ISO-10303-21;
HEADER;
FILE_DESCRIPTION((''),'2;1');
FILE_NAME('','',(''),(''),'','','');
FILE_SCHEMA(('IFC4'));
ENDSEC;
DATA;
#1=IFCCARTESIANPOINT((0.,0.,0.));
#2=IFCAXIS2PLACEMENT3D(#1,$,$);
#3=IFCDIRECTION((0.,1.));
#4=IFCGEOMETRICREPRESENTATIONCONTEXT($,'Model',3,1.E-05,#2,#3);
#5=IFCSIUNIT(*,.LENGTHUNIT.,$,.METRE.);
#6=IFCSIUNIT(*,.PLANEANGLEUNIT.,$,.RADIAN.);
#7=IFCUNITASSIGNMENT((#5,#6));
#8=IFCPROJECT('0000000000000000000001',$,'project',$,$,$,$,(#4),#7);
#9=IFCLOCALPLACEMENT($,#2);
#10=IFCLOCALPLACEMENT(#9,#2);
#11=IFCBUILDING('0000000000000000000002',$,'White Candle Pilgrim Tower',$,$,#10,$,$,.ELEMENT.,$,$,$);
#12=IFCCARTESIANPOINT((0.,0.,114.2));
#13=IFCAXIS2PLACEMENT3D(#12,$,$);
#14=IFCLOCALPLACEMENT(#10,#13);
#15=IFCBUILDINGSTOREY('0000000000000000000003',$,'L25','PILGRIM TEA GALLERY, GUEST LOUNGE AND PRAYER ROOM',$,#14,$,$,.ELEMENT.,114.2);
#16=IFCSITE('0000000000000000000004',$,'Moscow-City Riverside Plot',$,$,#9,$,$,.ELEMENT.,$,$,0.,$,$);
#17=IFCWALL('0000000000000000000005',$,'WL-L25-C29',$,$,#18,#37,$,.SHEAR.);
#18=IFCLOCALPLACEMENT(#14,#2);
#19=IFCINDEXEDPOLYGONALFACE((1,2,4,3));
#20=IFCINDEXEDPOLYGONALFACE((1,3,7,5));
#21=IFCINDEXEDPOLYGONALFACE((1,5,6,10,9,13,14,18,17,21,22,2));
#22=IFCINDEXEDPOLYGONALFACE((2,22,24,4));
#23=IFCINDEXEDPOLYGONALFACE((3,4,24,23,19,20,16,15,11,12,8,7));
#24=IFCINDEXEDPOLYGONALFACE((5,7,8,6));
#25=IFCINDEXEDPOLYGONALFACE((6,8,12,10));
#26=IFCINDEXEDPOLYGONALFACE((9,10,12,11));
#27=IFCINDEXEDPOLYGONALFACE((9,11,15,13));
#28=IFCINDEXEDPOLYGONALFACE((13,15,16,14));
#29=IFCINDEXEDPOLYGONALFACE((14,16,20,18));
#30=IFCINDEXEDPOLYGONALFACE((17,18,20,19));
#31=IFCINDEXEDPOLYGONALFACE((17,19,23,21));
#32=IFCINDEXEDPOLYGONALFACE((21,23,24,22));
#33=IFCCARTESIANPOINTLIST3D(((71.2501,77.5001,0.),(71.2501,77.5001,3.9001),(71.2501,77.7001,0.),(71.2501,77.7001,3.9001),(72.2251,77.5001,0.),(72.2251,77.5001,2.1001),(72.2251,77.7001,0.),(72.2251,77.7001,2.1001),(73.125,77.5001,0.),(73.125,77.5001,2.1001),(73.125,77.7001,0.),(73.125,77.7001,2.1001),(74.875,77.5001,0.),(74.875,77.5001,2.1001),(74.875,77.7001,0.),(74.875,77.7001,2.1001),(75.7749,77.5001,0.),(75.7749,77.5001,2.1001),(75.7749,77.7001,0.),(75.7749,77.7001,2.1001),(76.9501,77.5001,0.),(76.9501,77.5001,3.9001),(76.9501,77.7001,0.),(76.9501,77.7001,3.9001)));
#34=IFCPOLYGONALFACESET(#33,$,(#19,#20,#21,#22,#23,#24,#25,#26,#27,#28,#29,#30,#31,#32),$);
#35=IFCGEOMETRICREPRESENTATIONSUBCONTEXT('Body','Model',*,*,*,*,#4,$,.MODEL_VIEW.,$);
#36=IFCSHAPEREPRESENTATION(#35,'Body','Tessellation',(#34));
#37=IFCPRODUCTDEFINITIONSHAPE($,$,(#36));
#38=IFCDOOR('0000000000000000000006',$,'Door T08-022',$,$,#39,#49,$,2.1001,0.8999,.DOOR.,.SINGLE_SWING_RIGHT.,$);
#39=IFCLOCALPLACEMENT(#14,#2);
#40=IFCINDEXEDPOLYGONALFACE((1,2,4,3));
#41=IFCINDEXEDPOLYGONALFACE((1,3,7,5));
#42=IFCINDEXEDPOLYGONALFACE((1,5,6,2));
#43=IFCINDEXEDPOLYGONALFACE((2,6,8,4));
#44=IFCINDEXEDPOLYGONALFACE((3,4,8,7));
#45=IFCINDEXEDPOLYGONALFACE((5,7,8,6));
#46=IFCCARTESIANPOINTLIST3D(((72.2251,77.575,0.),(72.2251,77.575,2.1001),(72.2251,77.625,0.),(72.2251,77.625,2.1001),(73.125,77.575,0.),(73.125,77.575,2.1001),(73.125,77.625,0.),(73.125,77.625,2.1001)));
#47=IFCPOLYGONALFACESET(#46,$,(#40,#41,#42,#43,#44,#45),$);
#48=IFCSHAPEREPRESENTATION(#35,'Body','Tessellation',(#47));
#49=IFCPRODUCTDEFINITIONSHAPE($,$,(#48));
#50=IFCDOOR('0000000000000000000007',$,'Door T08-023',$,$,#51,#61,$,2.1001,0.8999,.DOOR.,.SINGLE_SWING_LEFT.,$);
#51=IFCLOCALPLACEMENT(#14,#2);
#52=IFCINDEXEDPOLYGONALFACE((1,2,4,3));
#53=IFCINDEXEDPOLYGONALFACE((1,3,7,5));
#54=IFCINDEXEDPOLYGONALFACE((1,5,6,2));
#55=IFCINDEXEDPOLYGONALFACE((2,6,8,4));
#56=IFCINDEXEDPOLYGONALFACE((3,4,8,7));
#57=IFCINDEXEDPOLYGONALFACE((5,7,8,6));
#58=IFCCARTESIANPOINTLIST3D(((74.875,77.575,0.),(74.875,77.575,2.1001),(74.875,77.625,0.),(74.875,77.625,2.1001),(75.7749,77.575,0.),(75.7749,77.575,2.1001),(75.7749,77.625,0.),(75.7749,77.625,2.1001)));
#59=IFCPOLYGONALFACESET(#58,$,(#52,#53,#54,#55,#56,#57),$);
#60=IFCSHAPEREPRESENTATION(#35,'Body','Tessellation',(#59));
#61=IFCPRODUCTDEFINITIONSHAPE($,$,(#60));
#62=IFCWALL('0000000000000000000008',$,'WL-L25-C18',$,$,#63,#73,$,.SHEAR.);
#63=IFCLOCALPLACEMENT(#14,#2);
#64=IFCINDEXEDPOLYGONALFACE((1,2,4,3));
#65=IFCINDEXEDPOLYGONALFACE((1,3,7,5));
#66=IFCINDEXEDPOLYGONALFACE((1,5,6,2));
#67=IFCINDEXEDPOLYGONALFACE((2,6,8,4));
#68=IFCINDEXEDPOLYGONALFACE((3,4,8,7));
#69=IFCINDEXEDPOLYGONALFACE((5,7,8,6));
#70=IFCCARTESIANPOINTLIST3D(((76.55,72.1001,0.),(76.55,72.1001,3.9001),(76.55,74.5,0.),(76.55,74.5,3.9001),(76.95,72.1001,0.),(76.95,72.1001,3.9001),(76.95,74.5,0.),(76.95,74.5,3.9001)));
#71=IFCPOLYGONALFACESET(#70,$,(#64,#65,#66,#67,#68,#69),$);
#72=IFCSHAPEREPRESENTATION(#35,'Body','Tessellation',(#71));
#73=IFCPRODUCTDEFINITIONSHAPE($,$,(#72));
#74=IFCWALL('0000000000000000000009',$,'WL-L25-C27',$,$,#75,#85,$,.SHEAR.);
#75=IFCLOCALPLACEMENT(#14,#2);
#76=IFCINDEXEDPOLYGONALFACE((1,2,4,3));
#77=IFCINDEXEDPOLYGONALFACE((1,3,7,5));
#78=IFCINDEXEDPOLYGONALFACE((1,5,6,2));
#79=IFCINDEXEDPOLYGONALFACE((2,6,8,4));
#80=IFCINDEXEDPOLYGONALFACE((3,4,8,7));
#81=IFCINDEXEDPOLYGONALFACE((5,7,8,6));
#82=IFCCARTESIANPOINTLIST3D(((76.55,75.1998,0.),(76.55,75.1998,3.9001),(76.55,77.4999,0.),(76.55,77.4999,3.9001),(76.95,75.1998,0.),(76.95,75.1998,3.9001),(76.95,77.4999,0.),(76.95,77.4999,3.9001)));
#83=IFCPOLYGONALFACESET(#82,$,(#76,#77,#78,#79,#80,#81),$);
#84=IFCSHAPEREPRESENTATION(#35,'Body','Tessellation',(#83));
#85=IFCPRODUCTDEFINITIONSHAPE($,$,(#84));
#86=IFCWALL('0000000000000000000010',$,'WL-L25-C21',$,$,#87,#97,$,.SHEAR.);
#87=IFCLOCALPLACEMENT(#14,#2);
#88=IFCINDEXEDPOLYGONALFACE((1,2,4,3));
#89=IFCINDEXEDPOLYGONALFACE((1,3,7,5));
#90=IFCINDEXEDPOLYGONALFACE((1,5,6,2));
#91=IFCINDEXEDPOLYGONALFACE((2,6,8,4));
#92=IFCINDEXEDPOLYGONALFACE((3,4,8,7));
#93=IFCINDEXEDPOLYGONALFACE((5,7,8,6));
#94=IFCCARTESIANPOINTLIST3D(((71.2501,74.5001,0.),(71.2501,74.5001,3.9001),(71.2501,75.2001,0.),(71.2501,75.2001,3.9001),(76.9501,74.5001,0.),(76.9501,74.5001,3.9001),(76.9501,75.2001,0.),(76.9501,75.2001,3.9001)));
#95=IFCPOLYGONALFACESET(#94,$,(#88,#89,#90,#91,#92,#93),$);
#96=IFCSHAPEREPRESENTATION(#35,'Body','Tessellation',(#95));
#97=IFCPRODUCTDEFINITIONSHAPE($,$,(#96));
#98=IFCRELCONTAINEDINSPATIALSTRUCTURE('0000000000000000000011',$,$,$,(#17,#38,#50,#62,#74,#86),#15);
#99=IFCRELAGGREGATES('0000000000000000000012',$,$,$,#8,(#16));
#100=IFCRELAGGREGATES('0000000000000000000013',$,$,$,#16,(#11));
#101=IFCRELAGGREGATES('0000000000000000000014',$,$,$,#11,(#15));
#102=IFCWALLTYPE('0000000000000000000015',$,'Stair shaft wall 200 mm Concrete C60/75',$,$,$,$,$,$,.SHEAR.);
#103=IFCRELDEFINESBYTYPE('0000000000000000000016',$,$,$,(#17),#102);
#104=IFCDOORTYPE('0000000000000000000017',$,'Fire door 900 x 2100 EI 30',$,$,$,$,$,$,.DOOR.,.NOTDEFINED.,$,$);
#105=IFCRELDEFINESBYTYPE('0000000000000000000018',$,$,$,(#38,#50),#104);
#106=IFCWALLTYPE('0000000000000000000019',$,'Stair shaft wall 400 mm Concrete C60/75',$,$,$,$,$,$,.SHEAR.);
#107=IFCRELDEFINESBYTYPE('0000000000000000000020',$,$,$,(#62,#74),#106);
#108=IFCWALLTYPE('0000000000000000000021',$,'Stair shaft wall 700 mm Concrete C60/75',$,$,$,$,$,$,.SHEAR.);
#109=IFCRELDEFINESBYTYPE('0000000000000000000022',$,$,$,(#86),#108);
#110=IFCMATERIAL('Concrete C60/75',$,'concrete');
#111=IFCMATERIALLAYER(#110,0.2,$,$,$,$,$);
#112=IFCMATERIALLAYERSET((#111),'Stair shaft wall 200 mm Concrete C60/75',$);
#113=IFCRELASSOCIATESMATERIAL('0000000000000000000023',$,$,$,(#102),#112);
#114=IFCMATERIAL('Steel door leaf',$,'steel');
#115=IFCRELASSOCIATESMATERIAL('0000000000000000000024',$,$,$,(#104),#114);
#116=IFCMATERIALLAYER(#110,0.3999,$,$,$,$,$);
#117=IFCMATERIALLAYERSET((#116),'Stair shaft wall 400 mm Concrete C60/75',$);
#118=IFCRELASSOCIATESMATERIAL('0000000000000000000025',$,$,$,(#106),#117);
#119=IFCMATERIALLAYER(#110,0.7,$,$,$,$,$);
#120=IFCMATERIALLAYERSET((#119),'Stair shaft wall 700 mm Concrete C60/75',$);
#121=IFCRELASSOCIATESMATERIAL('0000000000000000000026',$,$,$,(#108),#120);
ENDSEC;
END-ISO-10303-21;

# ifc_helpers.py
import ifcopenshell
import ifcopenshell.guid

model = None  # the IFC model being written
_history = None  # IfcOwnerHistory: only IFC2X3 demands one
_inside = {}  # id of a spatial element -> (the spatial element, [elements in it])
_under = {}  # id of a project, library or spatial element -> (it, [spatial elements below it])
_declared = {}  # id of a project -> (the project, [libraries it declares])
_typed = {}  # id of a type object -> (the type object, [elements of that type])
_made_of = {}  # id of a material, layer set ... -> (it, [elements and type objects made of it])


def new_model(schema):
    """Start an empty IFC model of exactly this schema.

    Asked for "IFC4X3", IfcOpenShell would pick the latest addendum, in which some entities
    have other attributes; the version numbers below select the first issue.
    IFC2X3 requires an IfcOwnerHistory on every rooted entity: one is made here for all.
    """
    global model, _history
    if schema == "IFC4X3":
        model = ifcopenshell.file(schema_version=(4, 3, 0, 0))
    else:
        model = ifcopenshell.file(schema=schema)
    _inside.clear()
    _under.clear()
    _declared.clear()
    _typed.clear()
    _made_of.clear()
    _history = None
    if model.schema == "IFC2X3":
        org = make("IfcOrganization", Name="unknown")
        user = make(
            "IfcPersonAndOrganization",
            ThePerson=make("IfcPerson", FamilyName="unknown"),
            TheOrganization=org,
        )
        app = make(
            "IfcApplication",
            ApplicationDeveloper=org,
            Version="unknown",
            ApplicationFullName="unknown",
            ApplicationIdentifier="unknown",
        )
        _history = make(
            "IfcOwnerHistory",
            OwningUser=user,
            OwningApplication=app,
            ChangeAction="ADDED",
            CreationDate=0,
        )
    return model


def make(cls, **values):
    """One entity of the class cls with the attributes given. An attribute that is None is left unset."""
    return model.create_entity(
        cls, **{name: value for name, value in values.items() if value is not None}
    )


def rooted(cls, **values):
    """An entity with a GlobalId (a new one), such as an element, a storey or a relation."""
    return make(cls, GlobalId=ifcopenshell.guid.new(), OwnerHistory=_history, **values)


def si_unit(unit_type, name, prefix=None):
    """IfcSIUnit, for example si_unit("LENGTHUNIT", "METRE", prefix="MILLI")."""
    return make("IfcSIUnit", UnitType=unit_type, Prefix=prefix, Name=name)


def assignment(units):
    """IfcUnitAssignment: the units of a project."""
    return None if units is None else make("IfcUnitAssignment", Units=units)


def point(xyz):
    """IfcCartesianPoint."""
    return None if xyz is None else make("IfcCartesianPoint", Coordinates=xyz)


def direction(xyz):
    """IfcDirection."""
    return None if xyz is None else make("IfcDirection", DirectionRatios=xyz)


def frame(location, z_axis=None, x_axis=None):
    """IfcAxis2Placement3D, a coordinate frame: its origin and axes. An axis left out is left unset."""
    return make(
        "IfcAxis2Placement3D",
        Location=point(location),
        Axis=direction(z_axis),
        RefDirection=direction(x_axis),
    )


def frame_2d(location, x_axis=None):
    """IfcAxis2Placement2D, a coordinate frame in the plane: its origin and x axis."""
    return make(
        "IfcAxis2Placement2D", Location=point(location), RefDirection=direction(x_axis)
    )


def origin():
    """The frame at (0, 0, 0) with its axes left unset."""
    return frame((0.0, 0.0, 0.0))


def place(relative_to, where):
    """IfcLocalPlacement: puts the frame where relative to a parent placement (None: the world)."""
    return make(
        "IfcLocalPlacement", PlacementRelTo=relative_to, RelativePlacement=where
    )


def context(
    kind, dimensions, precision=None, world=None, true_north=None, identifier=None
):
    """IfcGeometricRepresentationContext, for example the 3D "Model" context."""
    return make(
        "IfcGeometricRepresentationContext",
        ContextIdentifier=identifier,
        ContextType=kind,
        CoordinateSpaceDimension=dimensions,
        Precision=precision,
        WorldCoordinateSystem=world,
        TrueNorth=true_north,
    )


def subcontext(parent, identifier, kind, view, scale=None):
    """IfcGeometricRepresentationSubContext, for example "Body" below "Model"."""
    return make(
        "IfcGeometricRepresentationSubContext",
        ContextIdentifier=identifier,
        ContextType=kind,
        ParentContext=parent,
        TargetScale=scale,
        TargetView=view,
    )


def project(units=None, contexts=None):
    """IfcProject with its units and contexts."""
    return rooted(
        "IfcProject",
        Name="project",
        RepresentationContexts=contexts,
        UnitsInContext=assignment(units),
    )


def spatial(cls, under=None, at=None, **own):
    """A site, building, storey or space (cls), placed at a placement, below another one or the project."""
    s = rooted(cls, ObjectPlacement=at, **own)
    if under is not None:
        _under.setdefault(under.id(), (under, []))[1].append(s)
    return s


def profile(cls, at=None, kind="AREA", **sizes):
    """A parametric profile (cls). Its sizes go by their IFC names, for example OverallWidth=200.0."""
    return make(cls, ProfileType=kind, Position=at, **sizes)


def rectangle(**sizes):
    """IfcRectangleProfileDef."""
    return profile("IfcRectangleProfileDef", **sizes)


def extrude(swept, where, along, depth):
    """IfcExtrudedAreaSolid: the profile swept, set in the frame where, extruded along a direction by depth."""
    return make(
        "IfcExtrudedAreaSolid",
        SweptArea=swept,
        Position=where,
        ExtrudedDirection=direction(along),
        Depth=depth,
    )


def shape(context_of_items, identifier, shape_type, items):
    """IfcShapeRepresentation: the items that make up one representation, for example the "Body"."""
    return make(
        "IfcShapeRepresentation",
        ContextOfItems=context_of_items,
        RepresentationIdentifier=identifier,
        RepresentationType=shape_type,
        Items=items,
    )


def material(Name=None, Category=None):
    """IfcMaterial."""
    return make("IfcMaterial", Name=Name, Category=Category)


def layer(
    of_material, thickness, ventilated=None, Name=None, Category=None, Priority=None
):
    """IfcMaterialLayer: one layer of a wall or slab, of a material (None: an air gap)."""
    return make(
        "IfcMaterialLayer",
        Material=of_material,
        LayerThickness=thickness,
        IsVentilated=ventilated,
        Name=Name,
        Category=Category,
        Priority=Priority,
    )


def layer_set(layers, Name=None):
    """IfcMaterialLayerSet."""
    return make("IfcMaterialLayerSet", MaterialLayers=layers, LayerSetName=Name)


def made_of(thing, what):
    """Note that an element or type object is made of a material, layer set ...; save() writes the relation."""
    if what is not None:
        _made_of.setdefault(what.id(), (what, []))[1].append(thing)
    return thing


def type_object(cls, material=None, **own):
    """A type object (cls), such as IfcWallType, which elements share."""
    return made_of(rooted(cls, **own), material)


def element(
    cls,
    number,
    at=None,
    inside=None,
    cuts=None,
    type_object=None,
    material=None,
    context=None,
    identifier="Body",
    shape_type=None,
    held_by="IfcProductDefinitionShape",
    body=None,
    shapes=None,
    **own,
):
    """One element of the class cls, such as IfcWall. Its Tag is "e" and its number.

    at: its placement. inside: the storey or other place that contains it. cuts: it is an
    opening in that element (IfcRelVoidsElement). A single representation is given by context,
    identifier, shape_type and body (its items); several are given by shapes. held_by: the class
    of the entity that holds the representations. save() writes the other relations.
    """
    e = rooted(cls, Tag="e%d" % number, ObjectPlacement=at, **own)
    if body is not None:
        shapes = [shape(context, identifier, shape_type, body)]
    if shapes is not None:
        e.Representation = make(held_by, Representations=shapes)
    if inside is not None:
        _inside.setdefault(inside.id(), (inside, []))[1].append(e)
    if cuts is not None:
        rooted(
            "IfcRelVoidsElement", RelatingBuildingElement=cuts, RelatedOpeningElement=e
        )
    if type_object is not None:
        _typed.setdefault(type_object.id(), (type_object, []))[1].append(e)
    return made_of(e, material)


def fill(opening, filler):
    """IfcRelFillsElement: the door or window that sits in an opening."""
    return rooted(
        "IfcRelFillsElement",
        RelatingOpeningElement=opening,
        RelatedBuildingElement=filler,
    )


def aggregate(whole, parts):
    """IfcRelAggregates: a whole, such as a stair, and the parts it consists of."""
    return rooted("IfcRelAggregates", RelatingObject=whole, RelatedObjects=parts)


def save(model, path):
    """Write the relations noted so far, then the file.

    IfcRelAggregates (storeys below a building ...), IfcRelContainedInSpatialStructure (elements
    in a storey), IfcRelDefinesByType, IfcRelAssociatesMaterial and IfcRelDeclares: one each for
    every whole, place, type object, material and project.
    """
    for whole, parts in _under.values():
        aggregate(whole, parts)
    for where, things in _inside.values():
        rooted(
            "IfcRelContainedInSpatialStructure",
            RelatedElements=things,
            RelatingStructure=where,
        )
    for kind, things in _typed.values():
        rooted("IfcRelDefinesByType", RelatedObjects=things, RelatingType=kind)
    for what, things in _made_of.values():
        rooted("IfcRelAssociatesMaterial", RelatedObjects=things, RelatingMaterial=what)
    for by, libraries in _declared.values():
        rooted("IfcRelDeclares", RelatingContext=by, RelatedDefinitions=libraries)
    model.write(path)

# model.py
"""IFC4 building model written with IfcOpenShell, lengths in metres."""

from ifc_helpers import new_model, si_unit, direction, frame, frame_2d, origin, place, context, subcontext, project, spatial, rectangle, extrude, material, layer, layer_set, type_object, element, fill, save


model = new_model("IFC4")

# Units and contexts
model_context = context("Model", 3, precision=1e-05, world=origin(), true_north=direction((0.0, 1.0)))
body_context = subcontext(model_context, "Body", "Model", "MODEL_VIEW")
ifc_project = project(units=[si_unit("LENGTHUNIT", "METRE"), si_unit("PLANEANGLEUNIT", "RADIAN")], contexts=[model_context])

# Site, building, storey
site_placement = place(None, origin())
site = spatial("IfcSite", under=ifc_project, at=site_placement, Name="Moscow-City Riverside Plot", CompositionType="ELEMENT", RefElevation=0.0)
building_placement = place(site_placement, origin())
building = spatial("IfcBuilding", under=site, at=building_placement, Name="White Candle Pilgrim Tower", CompositionType="ELEMENT")
storey_placement = place(building_placement, frame((0.0, 0.0, 114.2)))
storey = spatial("IfcBuildingStorey", under=building, at=storey_placement, Name="L25", Description="PILGRIM TEA GALLERY, GUEST LOUNGE AND PRAYER ROOM", CompositionType="ELEMENT", Elevation=114.2)

# Shared definitions
ifc_material_1 = material(Name="Concrete C60/75", Category="concrete")

# Wall, openings, doors
ifc_layer_1 = layer(ifc_material_1, 0.2)
ifc_layer_set_1 = layer_set([ifc_layer_1], Name="Stair shaft wall 200 mm Concrete C60/75")
wall_type_1 = type_object("IfcWallType", Name="Stair shaft wall 200 mm Concrete C60/75", PredefinedType="SHEAR", material=ifc_layer_set_1)
wall_1_placement = place(storey_placement, frame((71.25, 77.6001, 0.0), z_axis=(0.0, 0.0, 1.0), x_axis=(1.0, 0.0, 0.0)))
wall_1 = element("IfcWall", 1, at=wall_1_placement, inside=storey, type_object=wall_type_1, Name="WL-L25-C29", PredefinedType="SHEAR", context=body_context, shape_type="SweptSolid", body=[
    extrude(rectangle(XDim=5.7, YDim=0.2, at=frame_2d((2.8501, 0.0))), origin(), (0.0, 0.0, 1.0), 3.9001),
])
opening_1_placement = place(wall_1_placement, frame((0.9751, 0.0, 0.0)))
opening_1 = element("IfcOpeningElement", 2, at=opening_1_placement, cuts=wall_1, PredefinedType="OPENING", context=body_context, shape_type="SweptSolid", body=[
    extrude(rectangle(XDim=0.8999, YDim=2.1001, at=frame_2d((0.45, 1.05))), frame((0.0, 0.1099, 0.0), z_axis=(0.0, -1.0, 0.0), x_axis=(1.0, 0.0, 0.0)), (0.0, 0.0, 1.0), 0.22),
])
opening_2_placement = place(wall_1_placement, frame((3.625, 0.0, 0.0)))
opening_2 = element("IfcOpeningElement", 3, at=opening_2_placement, cuts=wall_1, PredefinedType="OPENING", context=body_context, shape_type="SweptSolid", body=[
    extrude(rectangle(XDim=0.8999, YDim=2.1001, at=frame_2d((0.45, 1.05))), frame((0.0, 0.1099, 0.0), z_axis=(0.0, -1.0, 0.0), x_axis=(1.0, 0.0, 0.0)), (0.0, 0.0, 1.0), 0.22),
])
ifc_material_2 = material(Name="Steel door leaf", Category="steel")
door_type = type_object("IfcDoorType", Name="Fire door 900 x 2100 EI 30", OperationType="NOTDEFINED", PredefinedType="DOOR", material=ifc_material_2)
door_1_placement = place(opening_1_placement, origin())
door_1 = element("IfcDoor", 4, at=door_1_placement, inside=storey, type_object=door_type, Name="Door T08-022", OperationType="SINGLE_SWING_RIGHT", OverallHeight=2.1001, OverallWidth=0.8999, PredefinedType="DOOR", context=body_context, shape_type="SweptSolid", body=[
    extrude(rectangle(XDim=0.8999, YDim=2.1001, at=frame_2d((0.45, 1.05))), frame((0.0, 0.0249, 0.0), z_axis=(0.0, -1.0, 0.0), x_axis=(1.0, 0.0, 0.0)), (0.0, 0.0, 1.0), 0.05),
])
fill(opening_1, door_1)
door_2_placement = place(opening_2_placement, origin())
door_2 = element("IfcDoor", 5, at=door_2_placement, inside=storey, type_object=door_type, Name="Door T08-023", OperationType="SINGLE_SWING_LEFT", OverallHeight=2.1001, OverallWidth=0.8999, PredefinedType="DOOR", context=body_context, shape_type="SweptSolid", body=[
    extrude(rectangle(XDim=0.8999, YDim=2.1001, at=frame_2d((0.45, 1.05))), frame((0.0, 0.0249, 0.0), z_axis=(0.0, -1.0, 0.0), x_axis=(1.0, 0.0, 0.0)), (0.0, 0.0, 1.0), 0.05),
])
fill(opening_2, door_2)

# Walls
ifc_layer_2 = layer(ifc_material_1, 0.3999)
ifc_layer_set_2 = layer_set([ifc_layer_2], Name="Stair shaft wall 400 mm Concrete C60/75")
wall_type_2 = type_object("IfcWallType", Name="Stair shaft wall 400 mm Concrete C60/75", PredefinedType="SHEAR", material=ifc_layer_set_2)
wall_2_placement = place(storey_placement, frame((76.75, 72.1001, 0.0), z_axis=(0.0, 0.0, 1.0), x_axis=(0.0, 1.0, 0.0)))
element("IfcWall", 6, at=wall_2_placement, inside=storey, type_object=wall_type_2, Name="WL-L25-C18", PredefinedType="SHEAR", context=body_context, shape_type="SweptSolid", body=[
    extrude(rectangle(XDim=2.3999, YDim=0.3999, at=frame_2d((1.2, 0.0))), origin(), (0.0, 0.0, 1.0), 3.9001),
])
wall_3_placement = place(storey_placement, frame((76.75, 75.2, 0.0), z_axis=(0.0, 0.0, 1.0), x_axis=(0.0, 1.0, 0.0)))
element("IfcWall", 7, at=wall_3_placement, inside=storey, type_object=wall_type_2, Name="WL-L25-C27", PredefinedType="SHEAR", context=body_context, shape_type="SweptSolid", body=[
    extrude(rectangle(XDim=2.3, YDim=0.3999, at=frame_2d((1.1499, 0.0))), origin(), (0.0, 0.0, 1.0), 3.9001),
])
ifc_layer_3 = layer(ifc_material_1, 0.7)
ifc_layer_set_3 = layer_set([ifc_layer_3], Name="Stair shaft wall 700 mm Concrete C60/75")
wall_type_3 = type_object("IfcWallType", Name="Stair shaft wall 700 mm Concrete C60/75", PredefinedType="SHEAR", material=ifc_layer_set_3)
wall_4_placement = place(storey_placement, frame((71.25, 74.8501, 0.0), z_axis=(0.0, 0.0, 1.0), x_axis=(1.0, 0.0, 0.0)))
element("IfcWall", 8, at=wall_4_placement, inside=storey, type_object=wall_type_3, Name="WL-L25-C21", PredefinedType="SHEAR", context=body_context, shape_type="SweptSolid", body=[
    extrude(rectangle(XDim=5.7, YDim=0.7, at=frame_2d((2.8501, 0.0))), origin(), (0.0, 0.0, 1.0), 3.9001),
])

save(model, "model.ifc")
